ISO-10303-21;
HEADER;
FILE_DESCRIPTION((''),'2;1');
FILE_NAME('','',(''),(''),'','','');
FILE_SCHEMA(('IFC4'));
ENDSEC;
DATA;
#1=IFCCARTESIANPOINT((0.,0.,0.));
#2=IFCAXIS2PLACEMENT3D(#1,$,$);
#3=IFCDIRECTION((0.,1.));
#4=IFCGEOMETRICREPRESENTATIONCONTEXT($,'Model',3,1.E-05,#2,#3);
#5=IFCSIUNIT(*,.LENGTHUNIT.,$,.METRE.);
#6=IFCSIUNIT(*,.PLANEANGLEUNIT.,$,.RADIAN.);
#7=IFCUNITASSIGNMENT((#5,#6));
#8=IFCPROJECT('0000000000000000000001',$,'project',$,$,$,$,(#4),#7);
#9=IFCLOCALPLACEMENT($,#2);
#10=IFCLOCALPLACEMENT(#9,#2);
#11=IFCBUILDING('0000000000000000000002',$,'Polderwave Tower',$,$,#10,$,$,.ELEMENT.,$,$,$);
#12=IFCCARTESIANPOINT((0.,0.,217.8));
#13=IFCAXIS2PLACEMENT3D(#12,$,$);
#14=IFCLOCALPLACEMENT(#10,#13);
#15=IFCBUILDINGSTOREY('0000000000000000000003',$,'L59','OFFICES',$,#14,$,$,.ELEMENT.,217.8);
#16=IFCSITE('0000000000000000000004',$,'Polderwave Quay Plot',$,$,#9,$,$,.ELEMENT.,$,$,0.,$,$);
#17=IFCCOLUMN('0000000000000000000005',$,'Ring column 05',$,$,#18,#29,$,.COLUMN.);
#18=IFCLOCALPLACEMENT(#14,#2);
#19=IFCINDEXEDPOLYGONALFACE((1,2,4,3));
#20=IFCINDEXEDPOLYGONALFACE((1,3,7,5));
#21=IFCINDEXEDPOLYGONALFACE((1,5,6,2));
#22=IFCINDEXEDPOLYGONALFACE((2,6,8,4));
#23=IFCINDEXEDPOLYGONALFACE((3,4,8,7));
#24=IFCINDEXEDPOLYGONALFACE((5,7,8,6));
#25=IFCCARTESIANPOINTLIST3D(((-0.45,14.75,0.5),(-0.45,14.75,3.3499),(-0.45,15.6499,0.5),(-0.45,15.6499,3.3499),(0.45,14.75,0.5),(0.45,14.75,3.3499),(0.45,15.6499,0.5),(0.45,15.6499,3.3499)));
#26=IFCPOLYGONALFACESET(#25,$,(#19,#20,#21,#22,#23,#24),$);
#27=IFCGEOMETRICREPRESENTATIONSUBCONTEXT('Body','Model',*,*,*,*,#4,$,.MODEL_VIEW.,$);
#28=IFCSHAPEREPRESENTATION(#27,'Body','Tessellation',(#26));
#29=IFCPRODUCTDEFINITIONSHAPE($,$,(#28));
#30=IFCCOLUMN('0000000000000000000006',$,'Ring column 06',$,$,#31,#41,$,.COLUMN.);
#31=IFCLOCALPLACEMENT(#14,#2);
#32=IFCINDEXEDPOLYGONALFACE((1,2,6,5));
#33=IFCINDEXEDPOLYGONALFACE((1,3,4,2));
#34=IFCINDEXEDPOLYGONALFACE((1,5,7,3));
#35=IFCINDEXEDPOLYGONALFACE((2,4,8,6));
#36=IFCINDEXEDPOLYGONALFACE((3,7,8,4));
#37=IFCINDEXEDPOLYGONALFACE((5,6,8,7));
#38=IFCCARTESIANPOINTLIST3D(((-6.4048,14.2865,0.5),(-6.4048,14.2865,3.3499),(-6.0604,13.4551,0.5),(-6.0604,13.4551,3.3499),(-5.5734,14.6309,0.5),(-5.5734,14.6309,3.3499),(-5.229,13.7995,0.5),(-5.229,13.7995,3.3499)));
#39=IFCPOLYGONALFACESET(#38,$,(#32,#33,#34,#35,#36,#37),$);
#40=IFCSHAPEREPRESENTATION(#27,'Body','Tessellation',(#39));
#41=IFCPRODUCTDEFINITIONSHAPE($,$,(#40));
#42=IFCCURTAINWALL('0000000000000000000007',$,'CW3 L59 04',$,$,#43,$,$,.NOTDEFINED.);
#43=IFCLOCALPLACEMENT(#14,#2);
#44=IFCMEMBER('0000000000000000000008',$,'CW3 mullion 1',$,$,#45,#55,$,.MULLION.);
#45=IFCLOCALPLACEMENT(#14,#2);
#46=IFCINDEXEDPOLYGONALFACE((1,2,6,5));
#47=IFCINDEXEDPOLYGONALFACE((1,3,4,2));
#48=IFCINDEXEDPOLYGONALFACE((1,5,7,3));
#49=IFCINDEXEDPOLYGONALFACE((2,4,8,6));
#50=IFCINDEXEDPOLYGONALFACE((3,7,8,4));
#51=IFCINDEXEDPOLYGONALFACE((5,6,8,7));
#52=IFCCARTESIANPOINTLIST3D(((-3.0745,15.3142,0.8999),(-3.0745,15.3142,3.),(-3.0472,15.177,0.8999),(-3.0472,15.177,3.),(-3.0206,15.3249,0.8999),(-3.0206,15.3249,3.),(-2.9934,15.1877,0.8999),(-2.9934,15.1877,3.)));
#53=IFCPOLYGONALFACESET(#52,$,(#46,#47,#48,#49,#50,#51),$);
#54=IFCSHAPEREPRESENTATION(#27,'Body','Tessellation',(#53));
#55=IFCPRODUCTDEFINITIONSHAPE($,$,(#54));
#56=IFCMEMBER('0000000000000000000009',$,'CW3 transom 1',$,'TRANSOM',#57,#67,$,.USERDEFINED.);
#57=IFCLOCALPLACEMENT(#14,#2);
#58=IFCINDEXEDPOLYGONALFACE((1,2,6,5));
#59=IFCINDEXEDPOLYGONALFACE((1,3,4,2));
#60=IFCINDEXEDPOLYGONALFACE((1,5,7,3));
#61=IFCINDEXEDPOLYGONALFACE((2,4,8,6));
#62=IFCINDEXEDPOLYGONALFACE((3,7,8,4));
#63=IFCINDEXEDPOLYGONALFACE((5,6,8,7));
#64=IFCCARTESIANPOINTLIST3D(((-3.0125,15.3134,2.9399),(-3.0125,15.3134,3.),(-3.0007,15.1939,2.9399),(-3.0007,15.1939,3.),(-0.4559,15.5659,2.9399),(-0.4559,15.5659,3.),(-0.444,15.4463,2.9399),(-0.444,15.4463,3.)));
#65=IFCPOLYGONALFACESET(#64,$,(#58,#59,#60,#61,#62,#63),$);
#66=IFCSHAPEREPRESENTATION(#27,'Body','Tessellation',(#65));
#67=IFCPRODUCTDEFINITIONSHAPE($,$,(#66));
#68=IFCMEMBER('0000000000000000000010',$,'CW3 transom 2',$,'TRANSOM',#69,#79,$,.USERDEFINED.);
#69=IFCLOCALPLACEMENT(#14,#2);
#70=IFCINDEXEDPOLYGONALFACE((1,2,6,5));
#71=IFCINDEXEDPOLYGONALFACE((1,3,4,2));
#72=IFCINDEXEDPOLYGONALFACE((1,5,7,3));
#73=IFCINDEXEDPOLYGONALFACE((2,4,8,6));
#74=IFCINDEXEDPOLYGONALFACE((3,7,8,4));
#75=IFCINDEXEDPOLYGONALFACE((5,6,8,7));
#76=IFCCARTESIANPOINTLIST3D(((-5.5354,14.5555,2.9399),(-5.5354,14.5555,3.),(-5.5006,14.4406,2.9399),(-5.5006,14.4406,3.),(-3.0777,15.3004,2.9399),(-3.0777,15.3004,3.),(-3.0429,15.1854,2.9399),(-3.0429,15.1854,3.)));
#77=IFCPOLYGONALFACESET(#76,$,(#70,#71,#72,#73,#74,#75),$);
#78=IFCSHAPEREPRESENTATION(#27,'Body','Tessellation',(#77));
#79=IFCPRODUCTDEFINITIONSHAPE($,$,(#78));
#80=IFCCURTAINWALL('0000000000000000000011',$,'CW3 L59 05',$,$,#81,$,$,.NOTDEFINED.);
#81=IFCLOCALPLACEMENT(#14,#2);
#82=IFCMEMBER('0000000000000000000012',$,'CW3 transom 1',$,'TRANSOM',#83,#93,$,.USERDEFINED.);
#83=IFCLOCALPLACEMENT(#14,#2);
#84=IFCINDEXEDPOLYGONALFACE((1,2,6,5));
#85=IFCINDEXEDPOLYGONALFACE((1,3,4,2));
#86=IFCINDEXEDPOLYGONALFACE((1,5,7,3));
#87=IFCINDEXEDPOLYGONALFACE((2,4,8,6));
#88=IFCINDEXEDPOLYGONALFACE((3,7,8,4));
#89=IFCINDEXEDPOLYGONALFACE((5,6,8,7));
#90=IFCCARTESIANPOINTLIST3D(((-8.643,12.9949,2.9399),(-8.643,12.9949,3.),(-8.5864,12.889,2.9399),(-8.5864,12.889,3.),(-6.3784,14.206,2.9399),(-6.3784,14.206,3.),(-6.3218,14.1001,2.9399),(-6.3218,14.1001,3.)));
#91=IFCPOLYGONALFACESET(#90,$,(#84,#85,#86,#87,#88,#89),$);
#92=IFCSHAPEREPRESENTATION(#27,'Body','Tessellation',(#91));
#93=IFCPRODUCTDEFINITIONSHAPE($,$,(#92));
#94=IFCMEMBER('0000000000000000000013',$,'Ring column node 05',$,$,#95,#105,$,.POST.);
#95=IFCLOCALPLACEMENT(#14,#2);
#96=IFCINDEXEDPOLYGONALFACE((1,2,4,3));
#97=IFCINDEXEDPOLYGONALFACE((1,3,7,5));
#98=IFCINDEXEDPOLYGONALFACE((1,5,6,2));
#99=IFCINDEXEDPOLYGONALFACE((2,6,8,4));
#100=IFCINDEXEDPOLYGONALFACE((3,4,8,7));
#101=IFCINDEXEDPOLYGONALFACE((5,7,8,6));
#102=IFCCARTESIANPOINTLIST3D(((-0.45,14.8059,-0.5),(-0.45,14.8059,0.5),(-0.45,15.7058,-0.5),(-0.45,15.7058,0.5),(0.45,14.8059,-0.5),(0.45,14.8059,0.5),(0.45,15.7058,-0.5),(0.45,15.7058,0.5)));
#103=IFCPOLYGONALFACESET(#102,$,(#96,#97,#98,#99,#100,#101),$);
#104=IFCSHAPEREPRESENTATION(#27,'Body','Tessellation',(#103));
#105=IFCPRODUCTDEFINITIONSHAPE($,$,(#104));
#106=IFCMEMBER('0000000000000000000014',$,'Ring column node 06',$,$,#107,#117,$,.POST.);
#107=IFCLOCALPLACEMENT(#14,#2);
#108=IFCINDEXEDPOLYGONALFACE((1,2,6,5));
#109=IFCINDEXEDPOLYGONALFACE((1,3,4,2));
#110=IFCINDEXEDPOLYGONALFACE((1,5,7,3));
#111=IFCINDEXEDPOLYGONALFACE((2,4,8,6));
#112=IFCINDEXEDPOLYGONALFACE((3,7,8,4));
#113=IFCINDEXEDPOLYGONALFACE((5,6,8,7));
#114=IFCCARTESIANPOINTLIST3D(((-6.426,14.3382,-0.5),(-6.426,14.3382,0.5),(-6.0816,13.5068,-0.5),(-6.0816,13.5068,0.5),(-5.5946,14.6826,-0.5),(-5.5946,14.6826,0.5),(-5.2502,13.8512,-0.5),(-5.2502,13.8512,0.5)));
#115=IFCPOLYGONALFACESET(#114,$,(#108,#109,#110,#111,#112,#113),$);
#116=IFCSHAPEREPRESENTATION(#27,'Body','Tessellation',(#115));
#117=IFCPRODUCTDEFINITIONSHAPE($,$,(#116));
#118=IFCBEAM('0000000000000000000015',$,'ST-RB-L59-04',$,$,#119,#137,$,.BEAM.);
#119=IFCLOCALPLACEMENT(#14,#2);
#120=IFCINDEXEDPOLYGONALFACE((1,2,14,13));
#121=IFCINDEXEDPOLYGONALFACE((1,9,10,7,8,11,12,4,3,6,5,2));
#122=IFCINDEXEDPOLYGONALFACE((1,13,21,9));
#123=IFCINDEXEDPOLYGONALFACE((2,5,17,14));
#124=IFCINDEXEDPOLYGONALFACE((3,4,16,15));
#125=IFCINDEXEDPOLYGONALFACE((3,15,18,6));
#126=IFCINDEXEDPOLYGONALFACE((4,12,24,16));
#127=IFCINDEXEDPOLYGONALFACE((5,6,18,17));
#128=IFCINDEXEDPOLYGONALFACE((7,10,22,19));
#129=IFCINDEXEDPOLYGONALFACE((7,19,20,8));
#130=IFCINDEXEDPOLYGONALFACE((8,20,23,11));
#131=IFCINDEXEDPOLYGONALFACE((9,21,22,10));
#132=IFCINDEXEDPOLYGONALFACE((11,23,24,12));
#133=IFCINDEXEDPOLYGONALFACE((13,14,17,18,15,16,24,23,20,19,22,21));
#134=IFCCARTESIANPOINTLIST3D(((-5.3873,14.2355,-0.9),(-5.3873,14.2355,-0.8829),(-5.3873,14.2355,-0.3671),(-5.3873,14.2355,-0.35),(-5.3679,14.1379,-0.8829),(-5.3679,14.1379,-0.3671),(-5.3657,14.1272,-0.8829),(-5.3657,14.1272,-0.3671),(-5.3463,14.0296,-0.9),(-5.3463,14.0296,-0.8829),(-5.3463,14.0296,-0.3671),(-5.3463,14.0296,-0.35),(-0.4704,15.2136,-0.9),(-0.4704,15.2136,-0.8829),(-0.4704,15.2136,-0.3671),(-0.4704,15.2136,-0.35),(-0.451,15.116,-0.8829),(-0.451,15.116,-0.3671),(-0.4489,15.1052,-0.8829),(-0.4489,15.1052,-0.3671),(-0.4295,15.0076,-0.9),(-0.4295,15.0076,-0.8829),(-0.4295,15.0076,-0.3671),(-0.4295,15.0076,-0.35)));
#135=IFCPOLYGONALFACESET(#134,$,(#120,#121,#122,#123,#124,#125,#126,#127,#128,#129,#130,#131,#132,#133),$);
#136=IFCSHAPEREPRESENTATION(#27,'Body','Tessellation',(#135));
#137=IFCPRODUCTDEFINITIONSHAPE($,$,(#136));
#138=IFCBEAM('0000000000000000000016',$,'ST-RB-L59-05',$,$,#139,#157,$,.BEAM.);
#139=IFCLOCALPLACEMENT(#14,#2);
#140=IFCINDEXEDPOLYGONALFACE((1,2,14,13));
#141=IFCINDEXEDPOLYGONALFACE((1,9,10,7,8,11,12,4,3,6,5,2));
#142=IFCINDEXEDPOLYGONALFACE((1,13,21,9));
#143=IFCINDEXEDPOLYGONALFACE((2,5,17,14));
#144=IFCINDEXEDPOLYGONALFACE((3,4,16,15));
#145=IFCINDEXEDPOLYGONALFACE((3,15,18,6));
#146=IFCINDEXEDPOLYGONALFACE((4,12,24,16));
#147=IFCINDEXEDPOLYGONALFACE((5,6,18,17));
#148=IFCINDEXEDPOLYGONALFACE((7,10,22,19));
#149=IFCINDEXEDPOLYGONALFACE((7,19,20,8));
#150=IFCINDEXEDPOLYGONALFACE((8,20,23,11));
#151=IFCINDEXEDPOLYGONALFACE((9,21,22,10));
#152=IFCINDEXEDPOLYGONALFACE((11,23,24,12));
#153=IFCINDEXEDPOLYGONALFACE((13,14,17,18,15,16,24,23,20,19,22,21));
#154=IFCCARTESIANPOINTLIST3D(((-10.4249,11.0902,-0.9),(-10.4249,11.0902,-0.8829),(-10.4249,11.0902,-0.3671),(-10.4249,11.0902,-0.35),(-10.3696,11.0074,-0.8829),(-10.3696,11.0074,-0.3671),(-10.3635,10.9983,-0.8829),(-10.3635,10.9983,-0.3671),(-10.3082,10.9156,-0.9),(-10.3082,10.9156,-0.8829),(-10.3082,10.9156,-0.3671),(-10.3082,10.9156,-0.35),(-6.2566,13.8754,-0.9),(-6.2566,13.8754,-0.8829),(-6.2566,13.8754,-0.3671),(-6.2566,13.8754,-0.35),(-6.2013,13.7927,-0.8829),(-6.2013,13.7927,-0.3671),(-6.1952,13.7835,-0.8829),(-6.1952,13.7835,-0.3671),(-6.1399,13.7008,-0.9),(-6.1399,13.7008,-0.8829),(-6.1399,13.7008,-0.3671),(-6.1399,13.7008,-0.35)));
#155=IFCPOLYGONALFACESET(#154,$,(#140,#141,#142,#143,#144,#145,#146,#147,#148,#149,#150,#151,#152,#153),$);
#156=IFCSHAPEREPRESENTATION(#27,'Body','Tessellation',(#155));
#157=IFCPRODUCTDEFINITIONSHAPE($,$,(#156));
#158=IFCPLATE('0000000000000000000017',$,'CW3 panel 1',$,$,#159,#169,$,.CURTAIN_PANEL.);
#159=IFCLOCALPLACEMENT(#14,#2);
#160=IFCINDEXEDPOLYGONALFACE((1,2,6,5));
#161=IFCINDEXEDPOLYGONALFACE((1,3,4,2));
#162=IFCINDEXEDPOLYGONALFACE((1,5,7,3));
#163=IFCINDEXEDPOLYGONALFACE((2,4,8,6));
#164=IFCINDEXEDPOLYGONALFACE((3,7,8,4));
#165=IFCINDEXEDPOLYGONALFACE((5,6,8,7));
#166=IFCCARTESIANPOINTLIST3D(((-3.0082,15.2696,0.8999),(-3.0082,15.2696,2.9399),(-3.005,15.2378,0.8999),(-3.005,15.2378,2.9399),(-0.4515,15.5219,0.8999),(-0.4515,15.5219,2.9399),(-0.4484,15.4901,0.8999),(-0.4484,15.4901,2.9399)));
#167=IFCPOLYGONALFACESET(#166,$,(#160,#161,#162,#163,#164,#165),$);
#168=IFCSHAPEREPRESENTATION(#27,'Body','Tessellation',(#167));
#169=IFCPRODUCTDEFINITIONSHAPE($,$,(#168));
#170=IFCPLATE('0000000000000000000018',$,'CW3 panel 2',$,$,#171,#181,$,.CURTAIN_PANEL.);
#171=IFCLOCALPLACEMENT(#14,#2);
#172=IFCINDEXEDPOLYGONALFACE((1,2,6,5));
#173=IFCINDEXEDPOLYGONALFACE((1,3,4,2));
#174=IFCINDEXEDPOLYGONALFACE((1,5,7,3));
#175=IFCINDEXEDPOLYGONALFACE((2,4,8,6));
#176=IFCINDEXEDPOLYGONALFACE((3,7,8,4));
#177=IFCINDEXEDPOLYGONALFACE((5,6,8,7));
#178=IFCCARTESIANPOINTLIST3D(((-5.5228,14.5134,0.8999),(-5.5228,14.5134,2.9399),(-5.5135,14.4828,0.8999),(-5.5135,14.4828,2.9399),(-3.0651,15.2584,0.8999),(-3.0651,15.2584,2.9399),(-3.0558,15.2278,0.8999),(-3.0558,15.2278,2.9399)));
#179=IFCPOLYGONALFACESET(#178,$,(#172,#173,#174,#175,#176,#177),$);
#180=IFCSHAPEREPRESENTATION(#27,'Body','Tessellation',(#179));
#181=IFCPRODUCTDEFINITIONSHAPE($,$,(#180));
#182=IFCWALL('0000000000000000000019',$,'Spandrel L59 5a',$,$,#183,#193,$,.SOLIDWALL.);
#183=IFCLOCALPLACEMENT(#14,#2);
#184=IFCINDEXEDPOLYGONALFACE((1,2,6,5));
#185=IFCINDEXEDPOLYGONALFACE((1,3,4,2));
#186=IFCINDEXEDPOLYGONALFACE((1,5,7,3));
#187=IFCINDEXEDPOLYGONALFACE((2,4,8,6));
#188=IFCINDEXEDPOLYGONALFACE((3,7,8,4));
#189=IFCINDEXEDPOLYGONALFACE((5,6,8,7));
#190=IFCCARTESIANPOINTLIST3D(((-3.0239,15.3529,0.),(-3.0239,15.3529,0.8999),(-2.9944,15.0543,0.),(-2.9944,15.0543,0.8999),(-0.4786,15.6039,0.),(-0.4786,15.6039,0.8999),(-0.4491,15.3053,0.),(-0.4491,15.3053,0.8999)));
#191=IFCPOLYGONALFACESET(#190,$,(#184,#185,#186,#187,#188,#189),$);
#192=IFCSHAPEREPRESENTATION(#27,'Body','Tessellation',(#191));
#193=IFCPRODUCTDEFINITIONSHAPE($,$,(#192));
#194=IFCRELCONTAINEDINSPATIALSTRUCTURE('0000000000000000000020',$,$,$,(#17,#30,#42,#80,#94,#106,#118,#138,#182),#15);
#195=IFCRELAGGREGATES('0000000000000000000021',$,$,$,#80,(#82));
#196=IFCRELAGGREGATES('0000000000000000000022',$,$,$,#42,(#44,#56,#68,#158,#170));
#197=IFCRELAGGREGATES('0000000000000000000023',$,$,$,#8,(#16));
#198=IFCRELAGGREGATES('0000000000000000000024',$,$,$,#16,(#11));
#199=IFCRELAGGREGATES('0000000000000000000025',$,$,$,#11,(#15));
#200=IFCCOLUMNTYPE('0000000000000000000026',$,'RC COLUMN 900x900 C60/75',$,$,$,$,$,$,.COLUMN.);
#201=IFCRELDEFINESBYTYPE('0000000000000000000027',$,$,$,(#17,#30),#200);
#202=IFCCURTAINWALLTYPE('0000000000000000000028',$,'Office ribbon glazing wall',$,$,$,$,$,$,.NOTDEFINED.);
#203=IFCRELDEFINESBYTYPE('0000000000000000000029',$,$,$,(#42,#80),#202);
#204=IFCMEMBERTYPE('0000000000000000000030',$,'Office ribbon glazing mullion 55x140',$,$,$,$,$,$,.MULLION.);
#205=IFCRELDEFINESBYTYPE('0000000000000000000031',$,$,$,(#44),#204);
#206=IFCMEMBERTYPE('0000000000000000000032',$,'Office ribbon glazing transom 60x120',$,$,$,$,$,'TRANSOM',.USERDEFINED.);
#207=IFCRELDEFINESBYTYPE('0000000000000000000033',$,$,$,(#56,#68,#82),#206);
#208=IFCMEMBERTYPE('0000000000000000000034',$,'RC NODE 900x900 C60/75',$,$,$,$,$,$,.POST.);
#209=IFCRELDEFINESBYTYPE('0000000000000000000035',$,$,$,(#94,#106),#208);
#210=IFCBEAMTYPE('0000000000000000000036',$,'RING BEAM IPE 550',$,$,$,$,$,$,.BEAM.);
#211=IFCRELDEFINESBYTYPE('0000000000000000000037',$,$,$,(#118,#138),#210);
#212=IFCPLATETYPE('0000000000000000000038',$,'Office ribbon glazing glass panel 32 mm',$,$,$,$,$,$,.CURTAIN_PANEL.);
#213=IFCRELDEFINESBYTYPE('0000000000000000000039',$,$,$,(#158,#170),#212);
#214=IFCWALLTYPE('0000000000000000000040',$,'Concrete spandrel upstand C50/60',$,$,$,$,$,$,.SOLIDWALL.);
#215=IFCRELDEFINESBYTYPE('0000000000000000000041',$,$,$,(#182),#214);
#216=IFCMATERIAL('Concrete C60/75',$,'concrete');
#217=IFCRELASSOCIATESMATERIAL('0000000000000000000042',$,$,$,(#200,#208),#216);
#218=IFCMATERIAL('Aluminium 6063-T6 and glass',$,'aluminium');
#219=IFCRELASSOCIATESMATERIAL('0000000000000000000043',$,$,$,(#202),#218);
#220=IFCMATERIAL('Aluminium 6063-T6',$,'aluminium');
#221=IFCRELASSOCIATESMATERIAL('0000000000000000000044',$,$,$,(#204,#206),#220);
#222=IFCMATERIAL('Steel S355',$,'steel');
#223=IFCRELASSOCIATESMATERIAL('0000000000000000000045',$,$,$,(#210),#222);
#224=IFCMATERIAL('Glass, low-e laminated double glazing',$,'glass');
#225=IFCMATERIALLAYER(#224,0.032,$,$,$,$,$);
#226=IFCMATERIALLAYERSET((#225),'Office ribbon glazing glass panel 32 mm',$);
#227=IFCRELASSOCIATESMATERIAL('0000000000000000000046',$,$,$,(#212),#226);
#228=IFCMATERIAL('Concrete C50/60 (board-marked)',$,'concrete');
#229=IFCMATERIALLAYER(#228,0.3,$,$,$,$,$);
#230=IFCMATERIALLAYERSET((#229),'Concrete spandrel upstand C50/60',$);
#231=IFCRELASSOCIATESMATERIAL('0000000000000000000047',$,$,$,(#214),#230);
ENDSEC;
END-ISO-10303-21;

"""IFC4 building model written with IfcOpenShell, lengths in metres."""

from ifc_helpers import new_model, si_unit, direction, frame, frame_2d, origin, origin_2d, place, context, subcontext, project, spatial, rectangle, i_section, extrude, material, layer, layer_set, material_profile, profile_set, type_object, element, aggregate, save


model = new_model("IFC4")

# Units and contexts
model_context = context("Model", 3, precision=1e-05, world=origin(), true_north=direction((0.0, 1.0)))
body_context = subcontext(model_context, "Body", "Model", "MODEL_VIEW")
ifc_project = project(units=[si_unit("LENGTHUNIT", "METRE"), si_unit("PLANEANGLEUNIT", "RADIAN")], contexts=[model_context])

# Site, building, storey
site_placement = place(None, origin())
site = spatial("IfcSite", under=ifc_project, at=site_placement, Name="Polderwave Quay Plot", CompositionType="ELEMENT", RefElevation=0.0)
building_placement = place(site_placement, origin())
building = spatial("IfcBuilding", under=site, at=building_placement, Name="Polderwave Tower", CompositionType="ELEMENT")
storey_placement = place(building_placement, frame((0.0, 0.0, 217.8)))
storey = spatial("IfcBuildingStorey", under=building, at=storey_placement, Name="L59", Description="OFFICES", CompositionType="ELEMENT", Elevation=217.8)

# Columns
ifc_material_1 = material(Name="Concrete C60/75", Category="concrete")
ifc_material_profile_1 = material_profile(ifc_material_1, rectangle(XDim=0.8999, YDim=0.8999, at=origin_2d()), Name="RC 900x900")
ifc_profile_set_1 = profile_set([ifc_material_profile_1], Name="Concrete C60/75")
column_type = type_object("IfcColumnType", Name="RC COLUMN 900x900 C60/75", PredefinedType="COLUMN", material=ifc_profile_set_1)
for number, where, z_axis, x_axis, name in (
    (1, (0.0, 15.2, 0.5), (0.0, 0.0, 1.0), (0.0, 1.0, 0.0), "Ring column 05"),
    (2, (-5.8169, 14.043, 0.5), (0.0, 0.0, 1.0), (-0.382683, 0.92388, 0.0), "Ring column 06"),
):
    element("IfcColumn", number, at=place(storey_placement, frame(where, z_axis=z_axis, x_axis=x_axis)), inside=storey, type_object=column_type, Name=name, PredefinedType="COLUMN", context=body_context, shape_type="SweptSolid", body=[
        extrude(rectangle(XDim=0.8999, YDim=0.8999, at=origin_2d()), origin(), (0.0, 0.0, 1.0), 2.8499),
    ])

# Curtain wall, members
ifc_material_2 = material(Name="Aluminium 6063-T6 and glass", Category="aluminium")
curtain_wall_type = type_object("IfcCurtainWallType", Name="Office ribbon glazing wall", PredefinedType="NOTDEFINED", material=ifc_material_2)
curtain_wall_1_placement = place(storey_placement, origin())
curtain_wall_1 = element("IfcCurtainWall", 3, at=curtain_wall_1_placement, inside=storey, type_object=curtain_wall_type, Name="CW3 L59 04", PredefinedType="NOTDEFINED")
ifc_material_3 = material(Name="Aluminium 6063-T6", Category="aluminium")
ifc_material_profile_2 = material_profile(ifc_material_3, rectangle(XDim=0.1399, YDim=0.0549, at=origin_2d()), Name="AL 55x140")
ifc_profile_set_2 = profile_set([ifc_material_profile_2], Name="Aluminium 6063-T6")
member_type_1 = type_object("IfcMemberType", Name="Office ribbon glazing mullion 55x140", PredefinedType="MULLION", material=ifc_profile_set_2)
member_1_placement = place(storey_placement, frame((-3.0339, 15.251, 0.8999), z_axis=(0.0, 0.0, 1.0), x_axis=(0.195092, -0.980785, 0.0)))
member_1 = element("IfcMember", 4, at=member_1_placement, type_object=member_type_1, Name="CW3 mullion 1", PredefinedType="MULLION", context=body_context, shape_type="SweptSolid", body=[
    extrude(rectangle(XDim=0.1399, YDim=0.0549, at=origin_2d()), origin(), (0.0, 0.0, 1.0), 2.1001),
])
ifc_material_profile_3 = material_profile(ifc_material_3, rectangle(XDim=0.1201, YDim=0.0601, at=origin_2d()), Name="AL 60x120")
ifc_profile_set_3 = profile_set([ifc_material_profile_3], Name="Aluminium 6063-T6")
member_type_2 = type_object("IfcMemberType", Name="Office ribbon glazing transom 60x120", ElementType="TRANSOM", PredefinedType="USERDEFINED", material=ifc_profile_set_3)
member_2_placement = place(storey_placement, frame((-0.45, 15.5061, 2.97), z_axis=(-0.995161, -0.098262, 0.0), x_axis=(0.098262, -0.995161, 0.0)))
member_2 = element("IfcMember", 5, at=member_2_placement, type_object=member_type_2, Name="CW3 transom 1", ObjectType="TRANSOM", PredefinedType="USERDEFINED", context=body_context, shape_type="SweptSolid", body=[
    extrude(rectangle(XDim=0.1201, YDim=0.0601, at=origin_2d()), origin(), (0.0, 0.0, 1.0), 2.5691),
])
member_3_placement = place(storey_placement, frame((-3.0603, 15.2429, 2.97), z_axis=(-0.957014, -0.290042, 0.0), x_axis=(0.290042, -0.957014, 0.0)))
member_3 = element("IfcMember", 6, at=member_3_placement, type_object=member_type_2, Name="CW3 transom 2", ObjectType="TRANSOM", PredefinedType="USERDEFINED", context=body_context, shape_type="SweptSolid", body=[
    extrude(rectangle(XDim=0.1201, YDim=0.0601, at=origin_2d()), origin(), (0.0, 0.0, 1.0), 2.5681),
])

# Curtain wall, member
curtain_wall_2_placement = place(storey_placement, origin())
curtain_wall_2 = element("IfcCurtainWall", 7, at=curtain_wall_2_placement, inside=storey, type_object=curtain_wall_type, Name="CW3 L59 05", PredefinedType="NOTDEFINED")
member_4_placement = place(storey_placement, frame((-6.3501, 14.1531, 2.97), z_axis=(-0.881808, -0.471609, 0.0), x_axis=(0.471609, -0.881808, 0.0)))
member_4 = element("IfcMember", 8, at=member_4_placement, type_object=member_type_2, Name="CW3 transom 1", ObjectType="TRANSOM", PredefinedType="USERDEFINED", context=body_context, shape_type="SweptSolid", body=[
    extrude(rectangle(XDim=0.1201, YDim=0.0601, at=origin_2d()), origin(), (0.0, 0.0, 1.0), 2.5681),
])
aggregate(curtain_wall_2, [member_4])

# Members
ifc_material_profile_4 = material_profile(ifc_material_1, rectangle(XDim=0.8999, YDim=0.8999, at=origin_2d()), Name="RC 900x900")
ifc_profile_set_4 = profile_set([ifc_material_profile_4], Name="Concrete C60/75")
member_type_3 = type_object("IfcMemberType", Name="RC NODE 900x900 C60/75", PredefinedType="POST", material=ifc_profile_set_4)
for number, where, z_axis, x_axis, name in (
    (9, (0.0, 15.2559, -0.5), (0.0, 0.0, 1.0), (0.0, 1.0, 0.0), "Ring column node 05"),
    (10, (-5.8381, 14.0947, -0.5), (0.0, 0.0, 1.0), (-0.382683, 0.92388, 0.0), "Ring column node 06"),
):
    element("IfcMember", number, at=place(storey_placement, frame(where, z_axis=z_axis, x_axis=x_axis)), inside=storey, type_object=member_type_3, Name=name, PredefinedType="POST", context=body_context, shape_type="SweptSolid", body=[
        extrude(rectangle(XDim=0.8999, YDim=0.8999, at=origin_2d()), origin(), (0.0, 0.0, 1.0), 1.0),
    ])

# Beams
ifc_material_4 = material(Name="Steel S355", Category="steel")
ifc_material_profile_5 = material_profile(ifc_material_4, i_section(OverallWidth=0.21, OverallDepth=0.55, WebThickness=0.011, FlangeThickness=0.0171, at=origin_2d()), Name="IPE 550")
ifc_profile_set_5 = profile_set([ifc_material_profile_5], Name="Steel S355")
beam_type = type_object("IfcBeamType", Name="RING BEAM IPE 550", PredefinedType="BEAM", material=ifc_profile_set_5)
for number, where, z_axis, x_axis, name in (
    (11, (-0.45, 15.1106, -0.625), (-0.980784, -0.195095, 0.0), (0.195095, -0.980784, 0.0), "ST-RB-L59-04"),
    (12, (-6.1982, 13.7881, -0.625), (-0.831465, -0.555576, 0.0), (0.555576, -0.831465, 0.0), "ST-RB-L59-05"),
):
    element("IfcBeam", number, at=place(storey_placement, frame(where, z_axis=z_axis, x_axis=x_axis)), inside=storey, type_object=beam_type, Name=name, PredefinedType="BEAM", context=body_context, shape_type="SweptSolid", body=[
        extrude(i_section(OverallWidth=0.21, OverallDepth=0.55, WebThickness=0.011, FlangeThickness=0.0171, at=origin_2d()), origin(), (0.0, 0.0, 1.0), 5.0132),
    ])

# Plates
ifc_material_5 = material(Name="Glass, low-e laminated double glazing", Category="glass")
ifc_layer_1 = layer(ifc_material_5, 0.032)
ifc_layer_set_1 = layer_set([ifc_layer_1], Name="Office ribbon glazing glass panel 32 mm")
plate_type = type_object("IfcPlateType", Name="Office ribbon glazing glass panel 32 mm", PredefinedType="CURTAIN_PANEL", material=ifc_layer_set_1)
plate_1_placement = place(storey_placement, frame((-1.7283, 15.3799, 0.8999), z_axis=(0.0, 0.0, 1.0), x_axis=(-0.995166, -0.098206, 0.0)))
plate_1 = element("IfcPlate", 13, at=plate_1_placement, type_object=plate_type, Name="CW3 panel 1", PredefinedType="CURTAIN_PANEL", context=body_context, shape_type="SweptSolid", body=[
    extrude(rectangle(XDim=2.5691, YDim=0.032, at=origin_2d()), origin(), (0.0, 0.0, 1.0), 2.04),
])
plate_2_placement = place(storey_placement, frame((-4.2893, 14.8706, 0.8999), z_axis=(0.0, 0.0, 1.0), x_axis=(-0.956995, -0.290104, 0.0)))
plate_2 = element("IfcPlate", 14, at=plate_2_placement, type_object=plate_type, Name="CW3 panel 2", PredefinedType="CURTAIN_PANEL", context=body_context, shape_type="SweptSolid", body=[
    extrude(rectangle(XDim=2.5681, YDim=0.032, at=origin_2d()), origin(), (0.0, 0.0, 1.0), 2.04),
])
aggregate(curtain_wall_1, [member_1, member_2, member_3, plate_1, plate_2])

# Wall
ifc_material_6 = material(Name="Concrete C50/60 (board-marked)", Category="concrete")
ifc_layer_2 = layer(ifc_material_6, 0.3)
ifc_layer_set_2 = layer_set([ifc_layer_2], Name="Concrete spandrel upstand C50/60")
wall_type_1 = type_object("IfcWallType", Name="Concrete spandrel upstand C50/60", PredefinedType="SOLIDWALL", material=ifc_layer_set_2)
wall_1_placement = place(storey_placement, frame((-0.4639, 15.4546, 0.0), z_axis=(0.0, 0.0, 1.0), x_axis=(-0.995173, -0.098133, 0.0)))
element("IfcWall", 15, at=wall_1_placement, inside=storey, type_object=wall_type_1, Name="Spandrel L59 5a", PredefinedType="SOLIDWALL", context=body_context, shape_type="SweptSolid", body=[
    extrude(rectangle(XDim=2.5576, YDim=0.3, at=frame_2d((1.2788, 0.0))), origin(), (0.0, 0.0, 1.0), 0.8999),
])

save(model, "model.ifc")
